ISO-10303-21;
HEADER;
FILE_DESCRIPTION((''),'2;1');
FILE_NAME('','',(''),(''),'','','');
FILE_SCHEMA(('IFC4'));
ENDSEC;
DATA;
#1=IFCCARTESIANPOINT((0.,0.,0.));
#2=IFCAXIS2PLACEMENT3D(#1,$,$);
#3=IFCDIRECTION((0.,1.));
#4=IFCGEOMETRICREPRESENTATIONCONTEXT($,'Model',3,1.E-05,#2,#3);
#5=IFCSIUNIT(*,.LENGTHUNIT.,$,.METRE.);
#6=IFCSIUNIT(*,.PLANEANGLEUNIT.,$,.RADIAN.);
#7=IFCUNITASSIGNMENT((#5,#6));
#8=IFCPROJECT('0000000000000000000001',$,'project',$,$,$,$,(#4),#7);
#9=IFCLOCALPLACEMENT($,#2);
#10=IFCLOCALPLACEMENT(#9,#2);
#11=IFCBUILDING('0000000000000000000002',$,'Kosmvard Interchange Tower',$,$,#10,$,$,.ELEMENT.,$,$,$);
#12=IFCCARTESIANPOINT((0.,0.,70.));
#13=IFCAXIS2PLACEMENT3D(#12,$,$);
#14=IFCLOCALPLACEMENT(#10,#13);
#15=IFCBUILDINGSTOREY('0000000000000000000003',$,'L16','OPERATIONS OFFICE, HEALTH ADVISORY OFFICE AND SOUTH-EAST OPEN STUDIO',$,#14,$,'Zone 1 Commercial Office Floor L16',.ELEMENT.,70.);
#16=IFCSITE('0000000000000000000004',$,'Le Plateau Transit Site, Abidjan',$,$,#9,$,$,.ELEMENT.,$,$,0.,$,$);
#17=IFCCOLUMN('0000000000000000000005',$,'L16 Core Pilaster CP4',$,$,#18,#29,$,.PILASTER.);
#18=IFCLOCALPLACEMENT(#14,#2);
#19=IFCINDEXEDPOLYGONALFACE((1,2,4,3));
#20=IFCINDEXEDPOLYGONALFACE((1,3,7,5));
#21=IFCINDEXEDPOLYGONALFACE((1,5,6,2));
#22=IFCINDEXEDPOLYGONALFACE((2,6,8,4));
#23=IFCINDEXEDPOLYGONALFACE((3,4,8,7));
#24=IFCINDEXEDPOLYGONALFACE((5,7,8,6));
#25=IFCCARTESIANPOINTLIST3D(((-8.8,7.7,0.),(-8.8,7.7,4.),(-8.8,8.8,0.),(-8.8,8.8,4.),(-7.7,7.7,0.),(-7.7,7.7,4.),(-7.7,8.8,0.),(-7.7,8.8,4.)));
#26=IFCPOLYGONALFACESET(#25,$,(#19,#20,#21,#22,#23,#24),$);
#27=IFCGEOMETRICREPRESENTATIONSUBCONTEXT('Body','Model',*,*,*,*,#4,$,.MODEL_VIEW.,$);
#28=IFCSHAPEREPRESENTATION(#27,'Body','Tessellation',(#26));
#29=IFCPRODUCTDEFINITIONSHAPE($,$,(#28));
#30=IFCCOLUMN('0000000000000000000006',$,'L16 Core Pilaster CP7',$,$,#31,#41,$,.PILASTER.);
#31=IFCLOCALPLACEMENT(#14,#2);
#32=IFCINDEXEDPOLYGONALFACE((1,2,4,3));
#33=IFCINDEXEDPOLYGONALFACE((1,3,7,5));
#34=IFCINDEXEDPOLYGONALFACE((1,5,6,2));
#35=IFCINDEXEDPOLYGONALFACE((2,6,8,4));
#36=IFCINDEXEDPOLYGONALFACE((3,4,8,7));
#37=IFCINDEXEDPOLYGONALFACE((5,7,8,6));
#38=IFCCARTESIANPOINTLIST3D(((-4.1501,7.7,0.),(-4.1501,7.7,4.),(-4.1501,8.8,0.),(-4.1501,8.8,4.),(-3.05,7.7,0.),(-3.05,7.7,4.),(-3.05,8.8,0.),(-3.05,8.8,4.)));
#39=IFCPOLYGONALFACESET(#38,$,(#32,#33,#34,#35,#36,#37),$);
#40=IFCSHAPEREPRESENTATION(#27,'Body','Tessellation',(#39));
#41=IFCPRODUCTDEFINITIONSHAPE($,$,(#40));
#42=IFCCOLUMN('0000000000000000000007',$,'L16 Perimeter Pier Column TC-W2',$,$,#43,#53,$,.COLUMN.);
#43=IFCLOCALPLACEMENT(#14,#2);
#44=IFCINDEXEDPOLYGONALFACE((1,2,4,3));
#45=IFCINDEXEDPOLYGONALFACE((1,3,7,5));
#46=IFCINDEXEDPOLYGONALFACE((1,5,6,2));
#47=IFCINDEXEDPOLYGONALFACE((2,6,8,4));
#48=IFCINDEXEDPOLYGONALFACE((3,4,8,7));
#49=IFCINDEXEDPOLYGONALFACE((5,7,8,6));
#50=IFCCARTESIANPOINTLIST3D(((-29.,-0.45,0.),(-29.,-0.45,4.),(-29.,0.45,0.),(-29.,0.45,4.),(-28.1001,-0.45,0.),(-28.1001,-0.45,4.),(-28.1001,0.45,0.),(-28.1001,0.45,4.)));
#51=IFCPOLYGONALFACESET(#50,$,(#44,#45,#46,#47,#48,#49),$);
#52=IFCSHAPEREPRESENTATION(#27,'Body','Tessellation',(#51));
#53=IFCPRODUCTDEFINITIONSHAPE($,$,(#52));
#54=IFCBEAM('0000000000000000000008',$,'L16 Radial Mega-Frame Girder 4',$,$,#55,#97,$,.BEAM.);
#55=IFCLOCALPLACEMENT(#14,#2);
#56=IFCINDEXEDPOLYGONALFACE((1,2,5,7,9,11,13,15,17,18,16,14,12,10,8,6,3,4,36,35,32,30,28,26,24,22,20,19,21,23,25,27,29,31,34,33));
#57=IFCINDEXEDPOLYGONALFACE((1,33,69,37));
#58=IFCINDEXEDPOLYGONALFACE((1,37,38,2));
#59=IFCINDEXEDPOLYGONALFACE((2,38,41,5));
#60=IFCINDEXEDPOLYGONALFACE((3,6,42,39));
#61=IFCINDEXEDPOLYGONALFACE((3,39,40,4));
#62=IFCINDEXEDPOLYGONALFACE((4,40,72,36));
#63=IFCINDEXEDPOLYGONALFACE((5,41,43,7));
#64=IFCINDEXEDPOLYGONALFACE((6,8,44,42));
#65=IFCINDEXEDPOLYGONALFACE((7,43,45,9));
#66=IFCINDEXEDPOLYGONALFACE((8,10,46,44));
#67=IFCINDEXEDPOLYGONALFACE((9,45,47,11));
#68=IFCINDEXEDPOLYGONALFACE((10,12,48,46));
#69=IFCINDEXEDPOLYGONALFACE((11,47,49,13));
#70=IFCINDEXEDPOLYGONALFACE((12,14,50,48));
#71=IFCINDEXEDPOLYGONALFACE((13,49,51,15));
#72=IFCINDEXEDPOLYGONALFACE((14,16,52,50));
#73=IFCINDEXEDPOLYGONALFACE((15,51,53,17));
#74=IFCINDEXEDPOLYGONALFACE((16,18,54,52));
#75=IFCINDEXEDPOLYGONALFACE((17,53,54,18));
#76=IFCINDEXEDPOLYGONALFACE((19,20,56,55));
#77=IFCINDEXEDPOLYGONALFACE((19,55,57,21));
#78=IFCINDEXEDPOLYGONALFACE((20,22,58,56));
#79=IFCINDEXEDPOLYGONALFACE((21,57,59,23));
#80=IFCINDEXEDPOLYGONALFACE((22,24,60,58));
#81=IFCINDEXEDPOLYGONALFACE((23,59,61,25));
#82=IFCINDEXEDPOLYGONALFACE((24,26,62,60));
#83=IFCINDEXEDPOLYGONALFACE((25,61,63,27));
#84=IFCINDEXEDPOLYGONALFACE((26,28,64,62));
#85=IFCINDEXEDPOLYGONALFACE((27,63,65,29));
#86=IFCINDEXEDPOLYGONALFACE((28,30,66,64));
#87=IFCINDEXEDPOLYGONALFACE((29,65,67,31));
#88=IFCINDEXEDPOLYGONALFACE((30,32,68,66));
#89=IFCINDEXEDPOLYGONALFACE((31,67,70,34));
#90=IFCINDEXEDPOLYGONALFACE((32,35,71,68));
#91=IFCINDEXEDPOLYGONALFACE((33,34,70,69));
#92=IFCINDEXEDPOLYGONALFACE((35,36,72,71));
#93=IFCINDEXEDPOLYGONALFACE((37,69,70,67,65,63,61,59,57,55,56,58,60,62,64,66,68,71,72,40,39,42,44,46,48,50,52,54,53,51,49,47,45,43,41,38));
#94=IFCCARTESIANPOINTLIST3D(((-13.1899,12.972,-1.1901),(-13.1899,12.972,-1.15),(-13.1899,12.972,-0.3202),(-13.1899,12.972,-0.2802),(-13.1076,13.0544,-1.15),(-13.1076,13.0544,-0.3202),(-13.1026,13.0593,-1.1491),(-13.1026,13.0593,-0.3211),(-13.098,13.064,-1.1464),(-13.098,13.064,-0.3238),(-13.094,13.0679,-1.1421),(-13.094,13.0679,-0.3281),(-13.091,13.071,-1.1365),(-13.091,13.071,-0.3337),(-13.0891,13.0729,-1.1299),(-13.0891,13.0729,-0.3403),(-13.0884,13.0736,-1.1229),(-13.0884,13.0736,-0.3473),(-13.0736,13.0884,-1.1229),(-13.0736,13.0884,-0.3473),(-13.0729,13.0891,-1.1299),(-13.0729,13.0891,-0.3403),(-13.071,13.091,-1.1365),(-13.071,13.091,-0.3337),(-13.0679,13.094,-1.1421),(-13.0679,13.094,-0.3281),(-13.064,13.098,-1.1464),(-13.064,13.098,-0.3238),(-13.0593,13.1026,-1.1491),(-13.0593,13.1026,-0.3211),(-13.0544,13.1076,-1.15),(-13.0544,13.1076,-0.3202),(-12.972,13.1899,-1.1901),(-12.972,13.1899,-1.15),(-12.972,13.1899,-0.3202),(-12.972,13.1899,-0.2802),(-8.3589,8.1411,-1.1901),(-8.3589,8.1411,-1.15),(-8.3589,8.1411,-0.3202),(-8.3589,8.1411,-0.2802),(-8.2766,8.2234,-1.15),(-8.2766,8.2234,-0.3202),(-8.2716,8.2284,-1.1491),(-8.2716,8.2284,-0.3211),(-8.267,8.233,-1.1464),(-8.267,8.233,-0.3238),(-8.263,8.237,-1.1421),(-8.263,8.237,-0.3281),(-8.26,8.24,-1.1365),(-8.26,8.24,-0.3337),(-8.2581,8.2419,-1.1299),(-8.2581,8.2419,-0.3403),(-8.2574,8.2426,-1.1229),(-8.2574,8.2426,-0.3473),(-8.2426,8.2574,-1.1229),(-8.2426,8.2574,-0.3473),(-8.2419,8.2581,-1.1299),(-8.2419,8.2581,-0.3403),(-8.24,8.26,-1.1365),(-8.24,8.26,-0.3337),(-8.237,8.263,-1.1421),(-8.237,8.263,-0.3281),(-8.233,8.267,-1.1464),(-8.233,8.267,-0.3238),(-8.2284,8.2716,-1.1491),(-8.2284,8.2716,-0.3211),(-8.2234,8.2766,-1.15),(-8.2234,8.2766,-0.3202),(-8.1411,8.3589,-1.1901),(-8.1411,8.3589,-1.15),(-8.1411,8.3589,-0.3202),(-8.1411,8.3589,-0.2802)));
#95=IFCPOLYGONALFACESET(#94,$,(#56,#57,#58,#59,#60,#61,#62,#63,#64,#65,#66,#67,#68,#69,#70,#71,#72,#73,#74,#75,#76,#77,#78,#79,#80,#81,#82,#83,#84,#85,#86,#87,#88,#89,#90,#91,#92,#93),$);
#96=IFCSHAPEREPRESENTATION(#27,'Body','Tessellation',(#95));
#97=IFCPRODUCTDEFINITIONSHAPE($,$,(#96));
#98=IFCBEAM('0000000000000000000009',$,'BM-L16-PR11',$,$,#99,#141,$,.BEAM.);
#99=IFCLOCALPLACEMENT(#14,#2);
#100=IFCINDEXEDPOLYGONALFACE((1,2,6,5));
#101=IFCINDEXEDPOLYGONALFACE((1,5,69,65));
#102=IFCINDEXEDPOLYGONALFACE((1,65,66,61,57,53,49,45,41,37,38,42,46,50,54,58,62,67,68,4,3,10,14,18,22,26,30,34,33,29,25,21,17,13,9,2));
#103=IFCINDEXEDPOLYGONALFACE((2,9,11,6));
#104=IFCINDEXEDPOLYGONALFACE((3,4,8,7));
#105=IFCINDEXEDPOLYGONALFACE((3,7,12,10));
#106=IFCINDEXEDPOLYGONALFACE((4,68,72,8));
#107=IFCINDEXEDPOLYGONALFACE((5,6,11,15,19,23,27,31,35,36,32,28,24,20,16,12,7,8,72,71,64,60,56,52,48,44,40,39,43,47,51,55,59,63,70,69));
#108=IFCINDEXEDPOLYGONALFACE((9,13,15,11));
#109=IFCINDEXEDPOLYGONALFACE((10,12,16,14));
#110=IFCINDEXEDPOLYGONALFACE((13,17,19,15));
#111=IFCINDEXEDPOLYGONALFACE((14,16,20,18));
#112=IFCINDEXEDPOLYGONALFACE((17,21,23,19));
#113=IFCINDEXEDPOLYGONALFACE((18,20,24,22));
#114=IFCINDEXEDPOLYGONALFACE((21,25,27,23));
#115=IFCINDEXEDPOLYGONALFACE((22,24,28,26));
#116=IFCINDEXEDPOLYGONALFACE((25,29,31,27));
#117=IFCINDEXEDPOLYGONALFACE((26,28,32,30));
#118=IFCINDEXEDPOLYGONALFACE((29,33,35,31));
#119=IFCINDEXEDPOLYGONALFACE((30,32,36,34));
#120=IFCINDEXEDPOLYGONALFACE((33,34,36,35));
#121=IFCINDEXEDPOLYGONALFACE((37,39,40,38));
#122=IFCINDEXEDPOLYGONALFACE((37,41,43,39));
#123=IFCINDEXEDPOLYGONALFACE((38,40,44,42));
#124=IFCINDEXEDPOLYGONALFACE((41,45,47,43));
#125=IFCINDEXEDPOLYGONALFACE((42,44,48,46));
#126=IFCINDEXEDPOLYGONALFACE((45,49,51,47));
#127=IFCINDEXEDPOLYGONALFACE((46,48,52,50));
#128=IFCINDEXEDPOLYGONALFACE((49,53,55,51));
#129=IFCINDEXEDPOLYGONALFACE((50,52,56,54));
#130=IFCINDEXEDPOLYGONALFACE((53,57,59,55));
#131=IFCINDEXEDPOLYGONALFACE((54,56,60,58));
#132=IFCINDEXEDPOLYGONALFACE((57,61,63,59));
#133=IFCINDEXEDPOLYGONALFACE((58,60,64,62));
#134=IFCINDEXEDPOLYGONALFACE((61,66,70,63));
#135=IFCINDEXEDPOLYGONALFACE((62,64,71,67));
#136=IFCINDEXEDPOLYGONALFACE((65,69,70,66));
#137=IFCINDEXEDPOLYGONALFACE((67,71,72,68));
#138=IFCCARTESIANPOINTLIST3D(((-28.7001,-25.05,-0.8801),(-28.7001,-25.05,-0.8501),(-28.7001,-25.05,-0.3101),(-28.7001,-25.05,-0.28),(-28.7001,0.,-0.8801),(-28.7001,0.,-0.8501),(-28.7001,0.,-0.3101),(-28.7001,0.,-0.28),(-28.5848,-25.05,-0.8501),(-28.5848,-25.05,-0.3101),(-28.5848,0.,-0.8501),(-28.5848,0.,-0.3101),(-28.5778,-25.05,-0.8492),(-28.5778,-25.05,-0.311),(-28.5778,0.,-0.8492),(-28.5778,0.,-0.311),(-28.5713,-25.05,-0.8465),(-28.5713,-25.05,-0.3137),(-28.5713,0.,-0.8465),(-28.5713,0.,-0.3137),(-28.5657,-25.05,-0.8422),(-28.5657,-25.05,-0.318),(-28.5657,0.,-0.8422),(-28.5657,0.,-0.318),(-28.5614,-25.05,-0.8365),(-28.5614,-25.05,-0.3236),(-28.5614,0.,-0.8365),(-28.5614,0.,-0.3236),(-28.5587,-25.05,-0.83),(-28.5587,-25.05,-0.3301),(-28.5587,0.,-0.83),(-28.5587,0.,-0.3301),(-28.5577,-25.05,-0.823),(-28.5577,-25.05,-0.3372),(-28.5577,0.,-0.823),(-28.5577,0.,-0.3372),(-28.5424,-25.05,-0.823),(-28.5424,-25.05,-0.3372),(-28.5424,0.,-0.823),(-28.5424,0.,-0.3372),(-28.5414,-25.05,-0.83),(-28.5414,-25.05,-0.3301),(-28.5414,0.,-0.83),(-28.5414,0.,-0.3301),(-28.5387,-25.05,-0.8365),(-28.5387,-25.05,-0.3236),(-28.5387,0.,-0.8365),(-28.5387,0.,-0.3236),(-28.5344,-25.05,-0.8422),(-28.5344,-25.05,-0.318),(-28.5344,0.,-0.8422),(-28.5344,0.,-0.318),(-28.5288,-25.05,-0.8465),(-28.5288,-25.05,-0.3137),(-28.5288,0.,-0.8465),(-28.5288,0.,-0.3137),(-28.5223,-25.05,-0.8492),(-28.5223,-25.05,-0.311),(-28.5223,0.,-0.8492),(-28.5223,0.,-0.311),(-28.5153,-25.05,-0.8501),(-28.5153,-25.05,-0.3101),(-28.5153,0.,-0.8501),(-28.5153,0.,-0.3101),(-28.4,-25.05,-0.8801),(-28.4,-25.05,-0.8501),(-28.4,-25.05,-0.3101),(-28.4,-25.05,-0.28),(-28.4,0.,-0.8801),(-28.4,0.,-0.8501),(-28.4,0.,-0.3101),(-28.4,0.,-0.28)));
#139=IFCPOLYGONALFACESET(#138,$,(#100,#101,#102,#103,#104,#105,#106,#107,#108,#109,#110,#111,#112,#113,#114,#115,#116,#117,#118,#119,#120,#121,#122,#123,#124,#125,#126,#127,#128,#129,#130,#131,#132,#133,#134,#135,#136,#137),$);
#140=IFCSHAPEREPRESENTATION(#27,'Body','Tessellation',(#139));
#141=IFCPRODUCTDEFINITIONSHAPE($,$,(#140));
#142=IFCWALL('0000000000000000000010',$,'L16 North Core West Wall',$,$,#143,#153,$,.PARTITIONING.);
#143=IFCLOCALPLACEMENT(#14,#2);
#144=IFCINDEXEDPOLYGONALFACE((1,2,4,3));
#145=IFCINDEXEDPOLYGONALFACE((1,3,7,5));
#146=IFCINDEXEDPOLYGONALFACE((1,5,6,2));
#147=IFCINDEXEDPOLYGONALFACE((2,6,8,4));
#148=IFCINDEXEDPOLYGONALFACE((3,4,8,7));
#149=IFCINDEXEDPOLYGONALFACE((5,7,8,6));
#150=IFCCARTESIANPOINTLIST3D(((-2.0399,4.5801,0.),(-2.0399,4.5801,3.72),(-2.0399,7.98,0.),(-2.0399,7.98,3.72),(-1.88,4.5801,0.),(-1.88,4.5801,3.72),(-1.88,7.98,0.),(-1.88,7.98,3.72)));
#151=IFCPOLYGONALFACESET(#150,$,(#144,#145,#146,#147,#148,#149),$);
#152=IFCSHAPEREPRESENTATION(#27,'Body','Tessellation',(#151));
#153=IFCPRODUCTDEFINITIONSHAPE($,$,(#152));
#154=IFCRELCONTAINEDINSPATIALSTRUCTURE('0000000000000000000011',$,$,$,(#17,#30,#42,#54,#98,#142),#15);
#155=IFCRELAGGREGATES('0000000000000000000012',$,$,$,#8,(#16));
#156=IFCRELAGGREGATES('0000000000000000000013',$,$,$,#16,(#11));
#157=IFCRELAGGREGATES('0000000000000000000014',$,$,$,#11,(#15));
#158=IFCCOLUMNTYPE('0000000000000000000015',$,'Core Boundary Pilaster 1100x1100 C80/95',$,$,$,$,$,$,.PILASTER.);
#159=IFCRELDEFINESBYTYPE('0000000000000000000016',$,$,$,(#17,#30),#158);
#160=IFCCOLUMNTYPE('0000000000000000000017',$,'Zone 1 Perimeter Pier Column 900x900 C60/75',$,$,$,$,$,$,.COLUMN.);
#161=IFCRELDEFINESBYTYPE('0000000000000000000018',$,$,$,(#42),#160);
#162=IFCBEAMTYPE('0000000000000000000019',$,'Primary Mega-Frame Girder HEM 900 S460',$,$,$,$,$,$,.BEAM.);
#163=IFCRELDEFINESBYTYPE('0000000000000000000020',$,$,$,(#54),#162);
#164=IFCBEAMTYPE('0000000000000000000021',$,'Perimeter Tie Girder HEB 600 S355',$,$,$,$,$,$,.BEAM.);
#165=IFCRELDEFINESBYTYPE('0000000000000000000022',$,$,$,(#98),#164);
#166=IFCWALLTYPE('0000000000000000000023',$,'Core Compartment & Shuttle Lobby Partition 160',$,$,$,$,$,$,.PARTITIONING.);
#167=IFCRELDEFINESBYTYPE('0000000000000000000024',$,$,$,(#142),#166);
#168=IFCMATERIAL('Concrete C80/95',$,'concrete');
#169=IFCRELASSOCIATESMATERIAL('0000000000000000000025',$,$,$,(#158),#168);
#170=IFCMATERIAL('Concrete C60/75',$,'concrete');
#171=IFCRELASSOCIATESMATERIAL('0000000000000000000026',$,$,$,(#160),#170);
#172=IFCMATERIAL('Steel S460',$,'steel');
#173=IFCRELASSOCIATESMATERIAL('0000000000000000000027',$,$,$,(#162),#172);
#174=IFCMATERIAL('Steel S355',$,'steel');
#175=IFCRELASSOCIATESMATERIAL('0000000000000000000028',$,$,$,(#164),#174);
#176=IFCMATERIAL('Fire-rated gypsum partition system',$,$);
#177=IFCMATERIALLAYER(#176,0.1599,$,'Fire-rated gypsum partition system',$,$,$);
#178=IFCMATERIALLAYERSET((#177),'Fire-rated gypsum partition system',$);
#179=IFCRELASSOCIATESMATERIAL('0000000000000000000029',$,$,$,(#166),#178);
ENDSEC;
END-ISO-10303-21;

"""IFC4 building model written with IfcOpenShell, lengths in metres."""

from ifc_helpers import new_model, si_unit, direction, frame, frame_2d, origin, origin_2d, place, context, subcontext, project, spatial, rectangle, i_section, extrude, source, transform, mapped, material, layer, layer_set, material_profile, profile_set, type_object, element, save


model = new_model("IFC4")

# Units and contexts
model_context = context("Model", 3, precision=1e-05, world=origin(), true_north=direction((0.0, 1.0)))
body_context = subcontext(model_context, "Body", "Model", "MODEL_VIEW")
ifc_project = project(units=[si_unit("LENGTHUNIT", "METRE"), si_unit("PLANEANGLEUNIT", "RADIAN")], contexts=[model_context])

# Site, building, storey
site_placement = place(None, origin())
site = spatial("IfcSite", under=ifc_project, at=site_placement, Name="Le Plateau Transit Site, Abidjan", CompositionType="ELEMENT", RefElevation=0.0)
building_placement = place(site_placement, origin())
building = spatial("IfcBuilding", under=site, at=building_placement, Name="Kosmvard Interchange Tower", CompositionType="ELEMENT")
storey_placement = place(building_placement, frame((0.0, 0.0, 70.0)))
storey = spatial("IfcBuildingStorey", under=building, at=storey_placement, Name="L16", Description="OPERATIONS OFFICE, HEALTH ADVISORY OFFICE AND SOUTH-EAST OPEN STUDIO", LongName="Zone 1 Commercial Office Floor L16", CompositionType="ELEMENT", Elevation=70.0)

# Columns
ifc_material_1 = material(Name="Concrete C80/95", Category="concrete")
ifc_material_profile_1 = material_profile(ifc_material_1, rectangle(XDim=1.1001, YDim=1.1001, at=origin_2d()), Name="CP 1100x1100")
ifc_profile_set_1 = profile_set([ifc_material_profile_1], Name="Concrete C80/95")
column_type_1 = type_object("IfcColumnType", Name="Core Boundary Pilaster 1100x1100 C80/95", PredefinedType="PILASTER", material=ifc_profile_set_1)
shared_shape_1 = source(origin(), body_context, "Body", "SweptSolid", [
    extrude(rectangle(XDim=1.1001, YDim=1.1001, at=origin_2d()), origin(), (0.0, 0.0, 1.0), 4.0),
])
for number, where, z_axis, x_axis, name in (
    (1, (-8.25, 8.25, 0.0), (0.0, 0.0, 1.0), (1.0, 0.0, 0.0), "L16 Core Pilaster CP4"),
    (2, (-3.6001, 8.25, 0.0), (0.0, 0.0, 1.0), (1.0, 0.0, 0.0), "L16 Core Pilaster CP7"),
):
    element("IfcColumn", number, at=place(storey_placement, frame(where, z_axis=z_axis, x_axis=x_axis)), inside=storey, type_object=column_type_1, Name=name, PredefinedType="PILASTER", context=body_context, shape_type="MappedRepresentation", body=[
        mapped(shared_shape_1, transform((0.0, 0.0, 0.0), scale=1.0)),
    ])
ifc_material_2 = material(Name="Concrete C60/75", Category="concrete")
ifc_material_profile_2 = material_profile(ifc_material_2, rectangle(XDim=0.8999, YDim=0.8999, at=origin_2d()), Name="TC 900x900")
ifc_profile_set_2 = profile_set([ifc_material_profile_2], Name="Concrete C60/75")
column_type_2 = type_object("IfcColumnType", Name="Zone 1 Perimeter Pier Column 900x900 C60/75", PredefinedType="COLUMN", material=ifc_profile_set_2)
shared_shape_2 = source(origin(), body_context, "Body", "SweptSolid", [
    extrude(rectangle(XDim=0.8999, YDim=0.8999, at=origin_2d()), origin(), (0.0, 0.0, 1.0), 4.0),
])
column_placement = place(storey_placement, frame((-28.55, 0.0, 0.0), z_axis=(0.0, 0.0, 1.0), x_axis=(1.0, 0.0, 0.0)))
element("IfcColumn", 3, at=column_placement, inside=storey, type_object=column_type_2, Name="L16 Perimeter Pier Column TC-W2", PredefinedType="COLUMN", context=body_context, shape_type="MappedRepresentation", body=[
    mapped(shared_shape_2, transform((0.0, 0.0, 0.0), scale=1.0)),
])

# Beams
ifc_material_3 = material(Name="Steel S460", Category="steel")
ifc_material_profile_3 = material_profile(ifc_material_3, i_section(OverallWidth=0.3081, OverallDepth=0.9099, WebThickness=0.021, FlangeThickness=0.04, FilletRadius=0.0271, at=origin_2d()), Name="HEM 900")
ifc_profile_set_3 = profile_set([ifc_material_profile_3], Name="Steel S460")
beam_type_1 = type_object("IfcBeamType", Name="Primary Mega-Frame Girder HEM 900 S460", PredefinedType="BEAM", material=ifc_profile_set_3)
shared_shape_3 = source(origin(), body_context, "Body", "SweptSolid", [
    extrude(i_section(OverallWidth=0.3081, OverallDepth=0.9099, WebThickness=0.021, FlangeThickness=0.04, FilletRadius=0.0271, at=origin_2d()), origin(), (0.0, 0.0, 1.0), 6.832),
])
beam_1_placement = place(storey_placement, frame((-8.25, 8.25, -0.7351), z_axis=(-0.707107, 0.707107, 0.0), x_axis=(-0.707107, -0.707107, 0.0)))
element("IfcBeam", 4, at=beam_1_placement, inside=storey, type_object=beam_type_1, Name="L16 Radial Mega-Frame Girder 4", PredefinedType="BEAM", context=body_context, shape_type="MappedRepresentation", body=[
    mapped(shared_shape_3, transform((0.0, 0.0, 0.0), scale=1.0)),
])
ifc_material_4 = material(Name="Steel S355", Category="steel")
ifc_material_profile_4 = material_profile(ifc_material_4, i_section(OverallWidth=0.3, OverallDepth=0.6001, WebThickness=0.0154, FlangeThickness=0.03, FilletRadius=0.0271, at=origin_2d()), Name="HEB 600")
ifc_profile_set_4 = profile_set([ifc_material_profile_4], Name="Steel S355")
beam_type_2 = type_object("IfcBeamType", Name="Perimeter Tie Girder HEB 600 S355", PredefinedType="BEAM", material=ifc_profile_set_4)
shared_shape_4 = source(origin(), body_context, "Body", "SweptSolid", [
    extrude(i_section(OverallWidth=0.3, OverallDepth=0.6001, WebThickness=0.0154, FlangeThickness=0.03, FilletRadius=0.0271, at=origin_2d()), origin(), (0.0, 0.0, 1.0), 25.05),
])
beam_2_placement = place(storey_placement, frame((-28.55, 0.0, -0.5801), z_axis=(0.0, -1.0, 0.0), x_axis=(1.0, 0.0, 0.0)))
element("IfcBeam", 5, at=beam_2_placement, inside=storey, type_object=beam_type_2, Name="BM-L16-PR11", PredefinedType="BEAM", context=body_context, shape_type="MappedRepresentation", body=[
    mapped(shared_shape_4, transform((0.0, 0.0, 0.0), scale=1.0)),
])

# Wall
ifc_material_5 = material(Name="Fire-rated gypsum partition system")
ifc_layer_1 = layer(ifc_material_5, 0.1599, Name="Fire-rated gypsum partition system")
ifc_layer_set_1 = layer_set([ifc_layer_1], Name="Fire-rated gypsum partition system")
wall_type_1 = type_object("IfcWallType", Name="Core Compartment & Shuttle Lobby Partition 160", PredefinedType="PARTITIONING", material=ifc_layer_set_1)
wall_1_placement = place(storey_placement, frame((-1.96, 4.5801, 0.0), z_axis=(0.0, 0.0, 1.0), x_axis=(0.0, 1.0, 0.0)))
element("IfcWall", 6, at=wall_1_placement, inside=storey, type_object=wall_type_1, Name="L16 North Core West Wall", PredefinedType="PARTITIONING", context=body_context, shape_type="SweptSolid", body=[
    extrude(rectangle(XDim=3.3999, YDim=0.1599, at=frame_2d((1.7, 0.0))), origin(), (0.0, 0.0, 1.0), 3.72),
])

save(model, "model.ifc")
